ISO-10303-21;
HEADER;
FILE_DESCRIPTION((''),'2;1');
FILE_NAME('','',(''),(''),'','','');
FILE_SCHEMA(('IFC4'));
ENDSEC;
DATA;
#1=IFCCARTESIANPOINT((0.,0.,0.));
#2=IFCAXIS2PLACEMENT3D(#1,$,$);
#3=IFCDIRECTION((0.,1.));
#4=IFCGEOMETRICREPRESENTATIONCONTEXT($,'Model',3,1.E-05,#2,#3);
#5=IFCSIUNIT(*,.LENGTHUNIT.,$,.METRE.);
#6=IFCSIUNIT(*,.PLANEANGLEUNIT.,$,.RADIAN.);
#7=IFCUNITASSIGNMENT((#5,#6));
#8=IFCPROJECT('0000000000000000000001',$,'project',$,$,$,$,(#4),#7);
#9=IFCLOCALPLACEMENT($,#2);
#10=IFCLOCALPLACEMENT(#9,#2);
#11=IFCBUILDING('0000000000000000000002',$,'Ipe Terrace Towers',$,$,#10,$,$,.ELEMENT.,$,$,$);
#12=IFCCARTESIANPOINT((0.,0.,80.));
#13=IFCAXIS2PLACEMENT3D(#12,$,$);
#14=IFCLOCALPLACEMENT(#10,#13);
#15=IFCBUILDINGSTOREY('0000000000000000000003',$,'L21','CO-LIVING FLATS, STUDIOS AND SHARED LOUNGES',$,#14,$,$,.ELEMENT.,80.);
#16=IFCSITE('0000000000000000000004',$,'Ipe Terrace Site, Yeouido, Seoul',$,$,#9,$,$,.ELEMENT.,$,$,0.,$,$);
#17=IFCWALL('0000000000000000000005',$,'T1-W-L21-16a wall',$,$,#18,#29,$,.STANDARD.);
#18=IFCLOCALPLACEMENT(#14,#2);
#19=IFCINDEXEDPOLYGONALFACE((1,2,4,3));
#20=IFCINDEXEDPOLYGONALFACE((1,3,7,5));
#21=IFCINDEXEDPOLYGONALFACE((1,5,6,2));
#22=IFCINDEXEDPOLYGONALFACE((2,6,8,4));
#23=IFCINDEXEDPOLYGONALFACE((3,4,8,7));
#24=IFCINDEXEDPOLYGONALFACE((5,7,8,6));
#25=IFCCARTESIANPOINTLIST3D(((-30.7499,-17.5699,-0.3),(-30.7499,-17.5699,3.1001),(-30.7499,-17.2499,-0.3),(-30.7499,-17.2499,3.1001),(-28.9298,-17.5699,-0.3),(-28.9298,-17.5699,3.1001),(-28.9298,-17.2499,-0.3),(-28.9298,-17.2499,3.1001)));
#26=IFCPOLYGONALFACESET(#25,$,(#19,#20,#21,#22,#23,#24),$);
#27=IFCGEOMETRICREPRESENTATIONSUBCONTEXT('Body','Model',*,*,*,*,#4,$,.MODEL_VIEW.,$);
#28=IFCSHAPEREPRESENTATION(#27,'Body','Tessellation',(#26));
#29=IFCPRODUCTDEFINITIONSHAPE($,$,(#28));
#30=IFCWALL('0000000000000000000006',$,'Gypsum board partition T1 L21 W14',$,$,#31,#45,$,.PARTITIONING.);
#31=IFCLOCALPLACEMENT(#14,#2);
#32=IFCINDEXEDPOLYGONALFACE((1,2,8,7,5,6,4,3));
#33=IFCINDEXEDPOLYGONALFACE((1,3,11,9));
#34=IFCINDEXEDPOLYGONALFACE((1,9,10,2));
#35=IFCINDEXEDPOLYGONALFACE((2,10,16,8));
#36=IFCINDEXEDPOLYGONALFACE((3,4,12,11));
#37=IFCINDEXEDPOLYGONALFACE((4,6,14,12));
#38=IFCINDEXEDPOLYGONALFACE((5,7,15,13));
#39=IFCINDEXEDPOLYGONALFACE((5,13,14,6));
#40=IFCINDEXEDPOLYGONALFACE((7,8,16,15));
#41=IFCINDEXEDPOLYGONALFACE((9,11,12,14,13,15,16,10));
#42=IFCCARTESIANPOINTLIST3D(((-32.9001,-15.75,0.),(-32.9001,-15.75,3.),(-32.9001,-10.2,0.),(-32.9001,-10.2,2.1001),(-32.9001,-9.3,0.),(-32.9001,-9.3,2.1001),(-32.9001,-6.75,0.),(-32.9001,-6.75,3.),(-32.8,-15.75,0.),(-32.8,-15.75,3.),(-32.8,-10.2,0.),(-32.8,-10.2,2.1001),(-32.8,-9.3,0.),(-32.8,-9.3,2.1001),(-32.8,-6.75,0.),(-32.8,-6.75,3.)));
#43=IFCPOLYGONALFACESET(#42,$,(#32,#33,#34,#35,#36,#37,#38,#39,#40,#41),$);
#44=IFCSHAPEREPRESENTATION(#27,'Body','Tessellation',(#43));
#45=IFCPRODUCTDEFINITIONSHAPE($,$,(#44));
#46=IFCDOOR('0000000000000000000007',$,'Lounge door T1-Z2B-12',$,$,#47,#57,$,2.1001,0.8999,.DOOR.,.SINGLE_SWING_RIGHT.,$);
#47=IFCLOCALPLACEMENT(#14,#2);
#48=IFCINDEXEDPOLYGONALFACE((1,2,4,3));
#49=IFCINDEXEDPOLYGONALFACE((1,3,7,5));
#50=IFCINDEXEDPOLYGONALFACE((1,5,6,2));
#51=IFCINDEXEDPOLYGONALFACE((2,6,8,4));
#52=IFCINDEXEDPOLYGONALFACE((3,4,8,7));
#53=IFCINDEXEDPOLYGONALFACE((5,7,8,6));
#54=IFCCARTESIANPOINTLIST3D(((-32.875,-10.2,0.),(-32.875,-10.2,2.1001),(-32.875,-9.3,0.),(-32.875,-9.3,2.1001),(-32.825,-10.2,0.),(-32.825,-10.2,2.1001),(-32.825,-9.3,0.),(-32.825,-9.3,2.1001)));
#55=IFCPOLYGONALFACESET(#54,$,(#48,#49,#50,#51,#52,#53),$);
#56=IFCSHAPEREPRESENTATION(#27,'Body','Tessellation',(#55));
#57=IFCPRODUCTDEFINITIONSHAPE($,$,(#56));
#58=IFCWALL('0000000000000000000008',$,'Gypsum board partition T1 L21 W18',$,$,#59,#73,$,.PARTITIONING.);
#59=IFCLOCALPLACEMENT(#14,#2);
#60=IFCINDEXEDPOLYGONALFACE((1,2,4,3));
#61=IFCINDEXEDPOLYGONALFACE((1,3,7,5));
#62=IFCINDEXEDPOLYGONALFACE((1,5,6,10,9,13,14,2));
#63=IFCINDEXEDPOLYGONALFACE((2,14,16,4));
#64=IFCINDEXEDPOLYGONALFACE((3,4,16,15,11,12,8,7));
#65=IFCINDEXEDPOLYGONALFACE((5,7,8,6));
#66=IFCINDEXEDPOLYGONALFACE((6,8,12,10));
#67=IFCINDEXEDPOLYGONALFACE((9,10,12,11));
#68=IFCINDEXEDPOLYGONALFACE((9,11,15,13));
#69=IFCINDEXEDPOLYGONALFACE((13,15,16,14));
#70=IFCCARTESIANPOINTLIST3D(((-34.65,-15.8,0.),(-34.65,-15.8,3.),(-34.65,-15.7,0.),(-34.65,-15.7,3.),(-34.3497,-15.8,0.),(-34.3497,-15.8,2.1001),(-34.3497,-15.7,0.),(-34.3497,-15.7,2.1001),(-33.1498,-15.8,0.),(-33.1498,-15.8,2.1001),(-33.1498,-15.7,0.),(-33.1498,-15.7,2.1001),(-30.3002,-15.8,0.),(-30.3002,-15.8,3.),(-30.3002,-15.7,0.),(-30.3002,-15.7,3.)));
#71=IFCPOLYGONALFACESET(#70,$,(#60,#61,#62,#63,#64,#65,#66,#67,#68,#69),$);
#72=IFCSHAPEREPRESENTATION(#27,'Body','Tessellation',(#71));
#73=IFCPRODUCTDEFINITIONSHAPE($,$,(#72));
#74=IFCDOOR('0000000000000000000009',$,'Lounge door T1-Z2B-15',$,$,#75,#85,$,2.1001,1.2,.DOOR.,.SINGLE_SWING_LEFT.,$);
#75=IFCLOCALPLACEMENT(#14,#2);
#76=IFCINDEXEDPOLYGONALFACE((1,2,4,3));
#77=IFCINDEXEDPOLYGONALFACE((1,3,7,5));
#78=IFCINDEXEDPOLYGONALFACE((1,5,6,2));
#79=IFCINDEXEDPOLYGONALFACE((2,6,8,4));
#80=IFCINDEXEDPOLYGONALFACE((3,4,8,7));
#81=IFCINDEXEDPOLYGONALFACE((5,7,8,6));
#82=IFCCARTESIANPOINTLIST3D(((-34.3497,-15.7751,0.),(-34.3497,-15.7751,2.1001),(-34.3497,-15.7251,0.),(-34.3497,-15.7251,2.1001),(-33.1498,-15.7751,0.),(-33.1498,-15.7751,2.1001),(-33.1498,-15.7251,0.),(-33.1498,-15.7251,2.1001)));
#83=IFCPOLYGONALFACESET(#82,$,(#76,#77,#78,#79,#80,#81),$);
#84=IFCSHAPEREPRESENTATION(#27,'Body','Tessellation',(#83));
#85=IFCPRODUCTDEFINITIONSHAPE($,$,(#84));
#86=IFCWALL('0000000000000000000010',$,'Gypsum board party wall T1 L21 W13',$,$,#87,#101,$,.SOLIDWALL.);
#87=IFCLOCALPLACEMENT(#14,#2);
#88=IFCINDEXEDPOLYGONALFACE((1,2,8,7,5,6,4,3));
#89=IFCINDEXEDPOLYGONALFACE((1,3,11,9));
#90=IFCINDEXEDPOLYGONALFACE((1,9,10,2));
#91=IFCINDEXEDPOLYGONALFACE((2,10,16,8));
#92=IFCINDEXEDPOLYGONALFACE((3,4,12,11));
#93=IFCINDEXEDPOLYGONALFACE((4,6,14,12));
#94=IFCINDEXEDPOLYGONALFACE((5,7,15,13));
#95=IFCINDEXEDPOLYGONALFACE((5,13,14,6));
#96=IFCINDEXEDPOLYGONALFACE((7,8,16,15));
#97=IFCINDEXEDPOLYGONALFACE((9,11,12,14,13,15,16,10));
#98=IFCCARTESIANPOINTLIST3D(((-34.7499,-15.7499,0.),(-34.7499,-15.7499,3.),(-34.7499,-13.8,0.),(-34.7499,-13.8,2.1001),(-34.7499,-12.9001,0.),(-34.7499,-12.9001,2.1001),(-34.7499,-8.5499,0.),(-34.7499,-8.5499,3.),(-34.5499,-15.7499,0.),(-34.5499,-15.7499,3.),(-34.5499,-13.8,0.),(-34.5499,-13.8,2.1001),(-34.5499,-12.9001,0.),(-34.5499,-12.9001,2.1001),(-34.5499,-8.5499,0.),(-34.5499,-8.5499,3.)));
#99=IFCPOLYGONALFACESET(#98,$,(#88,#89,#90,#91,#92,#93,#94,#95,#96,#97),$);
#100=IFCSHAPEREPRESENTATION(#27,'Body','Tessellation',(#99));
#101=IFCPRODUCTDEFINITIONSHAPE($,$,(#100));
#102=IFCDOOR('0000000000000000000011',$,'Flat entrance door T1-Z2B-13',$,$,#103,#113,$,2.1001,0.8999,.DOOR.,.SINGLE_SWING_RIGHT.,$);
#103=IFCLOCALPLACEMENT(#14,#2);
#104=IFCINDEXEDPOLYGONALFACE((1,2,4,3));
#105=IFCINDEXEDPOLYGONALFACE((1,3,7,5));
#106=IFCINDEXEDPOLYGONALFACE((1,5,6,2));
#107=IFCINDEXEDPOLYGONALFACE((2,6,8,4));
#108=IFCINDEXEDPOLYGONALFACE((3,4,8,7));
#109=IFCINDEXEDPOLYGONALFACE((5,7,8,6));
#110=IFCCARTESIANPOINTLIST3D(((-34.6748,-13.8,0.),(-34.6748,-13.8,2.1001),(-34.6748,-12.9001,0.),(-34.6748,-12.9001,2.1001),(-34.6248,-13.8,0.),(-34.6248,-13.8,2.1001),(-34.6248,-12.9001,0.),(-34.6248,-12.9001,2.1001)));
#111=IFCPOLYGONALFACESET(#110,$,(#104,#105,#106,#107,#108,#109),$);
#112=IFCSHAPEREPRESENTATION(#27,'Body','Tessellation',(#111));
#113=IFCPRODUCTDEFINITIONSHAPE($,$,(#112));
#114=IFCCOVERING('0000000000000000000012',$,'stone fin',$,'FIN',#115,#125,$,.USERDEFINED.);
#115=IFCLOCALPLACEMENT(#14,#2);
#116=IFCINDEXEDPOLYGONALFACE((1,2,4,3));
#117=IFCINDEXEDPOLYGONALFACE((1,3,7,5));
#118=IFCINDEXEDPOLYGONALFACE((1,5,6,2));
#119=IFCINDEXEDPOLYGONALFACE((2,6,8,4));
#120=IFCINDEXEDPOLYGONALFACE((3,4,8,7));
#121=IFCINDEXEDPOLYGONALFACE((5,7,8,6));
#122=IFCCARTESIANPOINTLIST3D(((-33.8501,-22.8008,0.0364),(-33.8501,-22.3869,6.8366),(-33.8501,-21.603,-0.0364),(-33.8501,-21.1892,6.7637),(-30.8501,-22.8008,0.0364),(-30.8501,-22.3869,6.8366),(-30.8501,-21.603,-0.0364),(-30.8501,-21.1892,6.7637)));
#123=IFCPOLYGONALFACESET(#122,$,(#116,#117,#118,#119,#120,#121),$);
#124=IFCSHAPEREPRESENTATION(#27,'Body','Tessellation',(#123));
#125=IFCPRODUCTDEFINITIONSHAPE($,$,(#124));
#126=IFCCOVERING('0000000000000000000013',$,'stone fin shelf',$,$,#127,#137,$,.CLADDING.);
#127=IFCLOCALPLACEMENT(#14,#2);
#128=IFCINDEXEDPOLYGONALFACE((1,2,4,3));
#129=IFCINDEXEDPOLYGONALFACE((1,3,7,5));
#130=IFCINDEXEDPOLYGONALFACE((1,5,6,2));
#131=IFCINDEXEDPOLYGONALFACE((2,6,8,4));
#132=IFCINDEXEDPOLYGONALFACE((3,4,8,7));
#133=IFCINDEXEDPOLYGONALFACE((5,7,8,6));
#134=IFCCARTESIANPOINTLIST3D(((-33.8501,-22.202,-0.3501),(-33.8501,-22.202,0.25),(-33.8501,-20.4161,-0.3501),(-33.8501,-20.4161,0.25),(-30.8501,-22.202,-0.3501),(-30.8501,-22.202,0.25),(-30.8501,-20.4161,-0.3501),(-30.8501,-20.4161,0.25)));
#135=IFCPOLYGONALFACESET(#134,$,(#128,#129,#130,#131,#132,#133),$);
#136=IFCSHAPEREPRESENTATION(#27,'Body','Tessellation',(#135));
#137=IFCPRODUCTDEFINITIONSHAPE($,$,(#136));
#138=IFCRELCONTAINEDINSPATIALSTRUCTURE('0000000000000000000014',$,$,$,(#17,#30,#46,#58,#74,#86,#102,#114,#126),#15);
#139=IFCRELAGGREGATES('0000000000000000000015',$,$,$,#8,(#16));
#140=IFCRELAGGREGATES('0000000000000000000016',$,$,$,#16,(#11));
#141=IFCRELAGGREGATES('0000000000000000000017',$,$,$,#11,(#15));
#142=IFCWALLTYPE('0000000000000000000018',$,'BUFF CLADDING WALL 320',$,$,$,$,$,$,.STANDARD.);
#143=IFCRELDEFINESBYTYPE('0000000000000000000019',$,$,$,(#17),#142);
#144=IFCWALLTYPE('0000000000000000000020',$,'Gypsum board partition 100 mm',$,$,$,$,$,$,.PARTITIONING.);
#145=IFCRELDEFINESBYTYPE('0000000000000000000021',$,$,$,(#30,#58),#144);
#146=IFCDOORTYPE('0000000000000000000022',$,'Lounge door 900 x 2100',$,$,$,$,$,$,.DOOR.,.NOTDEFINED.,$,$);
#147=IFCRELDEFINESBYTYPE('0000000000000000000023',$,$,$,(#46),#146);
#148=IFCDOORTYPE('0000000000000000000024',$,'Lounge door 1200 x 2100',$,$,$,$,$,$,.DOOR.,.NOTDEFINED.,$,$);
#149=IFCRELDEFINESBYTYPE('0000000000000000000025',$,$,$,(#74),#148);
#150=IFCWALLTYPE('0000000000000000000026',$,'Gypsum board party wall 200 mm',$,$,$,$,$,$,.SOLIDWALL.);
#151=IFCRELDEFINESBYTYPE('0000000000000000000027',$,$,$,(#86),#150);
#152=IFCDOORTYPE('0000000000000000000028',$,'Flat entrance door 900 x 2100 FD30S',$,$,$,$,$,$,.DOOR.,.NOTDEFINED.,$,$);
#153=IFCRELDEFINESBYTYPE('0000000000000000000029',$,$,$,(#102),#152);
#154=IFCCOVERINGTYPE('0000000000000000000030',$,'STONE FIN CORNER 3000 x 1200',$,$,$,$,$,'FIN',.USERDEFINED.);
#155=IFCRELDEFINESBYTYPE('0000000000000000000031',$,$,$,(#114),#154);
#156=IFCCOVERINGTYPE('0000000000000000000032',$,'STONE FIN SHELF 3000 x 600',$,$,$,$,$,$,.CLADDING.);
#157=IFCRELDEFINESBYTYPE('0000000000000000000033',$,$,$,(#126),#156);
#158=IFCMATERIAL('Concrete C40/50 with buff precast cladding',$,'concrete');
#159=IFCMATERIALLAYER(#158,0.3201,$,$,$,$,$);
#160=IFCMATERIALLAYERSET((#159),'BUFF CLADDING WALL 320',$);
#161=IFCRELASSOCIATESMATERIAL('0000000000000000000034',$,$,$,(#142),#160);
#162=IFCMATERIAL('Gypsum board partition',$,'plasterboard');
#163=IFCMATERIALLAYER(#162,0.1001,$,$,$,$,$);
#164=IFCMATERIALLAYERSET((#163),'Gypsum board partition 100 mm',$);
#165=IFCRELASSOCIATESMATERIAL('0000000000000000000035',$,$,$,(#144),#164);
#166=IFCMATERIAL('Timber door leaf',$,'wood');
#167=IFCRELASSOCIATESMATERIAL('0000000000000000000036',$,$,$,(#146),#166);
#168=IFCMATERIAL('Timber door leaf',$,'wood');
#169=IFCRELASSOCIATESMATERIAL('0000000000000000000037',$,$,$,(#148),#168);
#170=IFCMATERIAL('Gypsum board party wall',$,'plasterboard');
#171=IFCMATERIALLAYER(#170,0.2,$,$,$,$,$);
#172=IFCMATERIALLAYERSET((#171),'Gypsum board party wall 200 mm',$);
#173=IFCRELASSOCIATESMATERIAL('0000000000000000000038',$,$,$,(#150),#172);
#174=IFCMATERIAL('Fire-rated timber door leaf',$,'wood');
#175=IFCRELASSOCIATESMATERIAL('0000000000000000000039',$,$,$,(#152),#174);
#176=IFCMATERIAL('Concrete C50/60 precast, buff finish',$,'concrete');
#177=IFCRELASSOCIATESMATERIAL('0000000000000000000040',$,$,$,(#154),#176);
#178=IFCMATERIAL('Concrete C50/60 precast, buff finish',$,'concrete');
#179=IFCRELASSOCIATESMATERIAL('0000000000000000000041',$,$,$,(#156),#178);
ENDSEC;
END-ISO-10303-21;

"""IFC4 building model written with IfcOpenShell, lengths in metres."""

from ifc_helpers import new_model, si_unit, direction, frame, frame_2d, origin, origin_2d, place, context, subcontext, project, spatial, rectangle, extrude, material, layer, layer_set, material_profile, profile_set, type_object, element, fill, save


model = new_model("IFC4")

# Units and contexts
model_context = context("Model", 3, precision=1e-05, world=origin(), true_north=direction((0.0, 1.0)))
body_context = subcontext(model_context, "Body", "Model", "MODEL_VIEW")
ifc_project = project(units=[si_unit("LENGTHUNIT", "METRE"), si_unit("PLANEANGLEUNIT", "RADIAN")], contexts=[model_context])

# Site, building, storey
site_placement = place(None, origin())
site = spatial("IfcSite", under=ifc_project, at=site_placement, Name="Ipe Terrace Site, Yeouido, Seoul", CompositionType="ELEMENT", RefElevation=0.0)
building_placement = place(site_placement, origin())
building = spatial("IfcBuilding", under=site, at=building_placement, Name="Ipe Terrace Towers", CompositionType="ELEMENT")
storey_placement = place(building_placement, frame((0.0, 0.0, 80.0)))
storey = spatial("IfcBuildingStorey", under=building, at=storey_placement, Name="L21", Description="CO-LIVING FLATS, STUDIOS AND SHARED LOUNGES", CompositionType="ELEMENT", Elevation=80.0)

# Wall
ifc_material_1 = material(Name="Concrete C40/50 with buff precast cladding", Category="concrete")
ifc_layer_1 = layer(ifc_material_1, 0.3201)
ifc_layer_set_1 = layer_set([ifc_layer_1], Name="BUFF CLADDING WALL 320")
wall_type_1 = type_object("IfcWallType", Name="BUFF CLADDING WALL 320", PredefinedType="STANDARD", material=ifc_layer_set_1)
wall_1_placement = place(storey_placement, frame((-30.75, -17.4099, -0.3), z_axis=(0.0, 0.0, 1.0), x_axis=(1.0, 0.0, 0.0)))
element("IfcWall", 1, at=wall_1_placement, inside=storey, type_object=wall_type_1, Name="T1-W-L21-16a wall", PredefinedType="STANDARD", context=body_context, shape_type="SweptSolid", body=[
    extrude(rectangle(XDim=1.8201, YDim=0.3201, at=frame_2d((0.9102, 0.0))), origin(), (0.0, 0.0, 1.0), 3.4001),
])

# Walls, openings, doors
ifc_material_2 = material(Name="Gypsum board partition", Category="plasterboard")
ifc_layer_2 = layer(ifc_material_2, 0.1001)
ifc_layer_set_2 = layer_set([ifc_layer_2], Name="Gypsum board partition 100 mm")
wall_type_2 = type_object("IfcWallType", Name="Gypsum board partition 100 mm", PredefinedType="PARTITIONING", material=ifc_layer_set_2)
wall_2_placement = place(storey_placement, frame((-32.8501, -15.75, 0.0), z_axis=(0.0, 0.0, 1.0), x_axis=(0.0, 1.0, 0.0)))
wall_2 = element("IfcWall", 2, at=wall_2_placement, inside=storey, type_object=wall_type_2, Name="Gypsum board partition T1 L21 W14", PredefinedType="PARTITIONING", context=body_context, shape_type="SweptSolid", body=[
    extrude(rectangle(XDim=9.0, YDim=0.1001, at=frame_2d((4.5, 0.0))), origin(), (0.0, 0.0, 1.0), 3.0),
])
opening_1_placement = place(wall_2_placement, frame((5.55, 0.0, 0.0)))
opening_1 = element("IfcOpeningElement", 3, at=opening_1_placement, cuts=wall_2, PredefinedType="OPENING", context=body_context, shape_type="SweptSolid", body=[
    extrude(rectangle(XDim=0.8999, YDim=2.1001, at=frame_2d((0.45, 1.05))), frame((0.0, 0.0601, 0.0), z_axis=(0.0, -1.0, 0.0), x_axis=(1.0, 0.0, 0.0)), (0.0, 0.0, 1.0), 0.1201),
])
ifc_material_3 = material(Name="Timber door leaf", Category="wood")
door_type_1 = type_object("IfcDoorType", Name="Lounge door 900 x 2100", OperationType="NOTDEFINED", PredefinedType="DOOR", material=ifc_material_3)
door_1_placement = place(opening_1_placement, origin())
door_1 = element("IfcDoor", 4, at=door_1_placement, inside=storey, type_object=door_type_1, Name="Lounge door T1-Z2B-12", OperationType="SINGLE_SWING_RIGHT", OverallHeight=2.1001, OverallWidth=0.8999, PredefinedType="DOOR", context=body_context, shape_type="SweptSolid", body=[
    extrude(rectangle(XDim=0.8999, YDim=2.1001, at=frame_2d((0.45, 1.05))), frame((0.0, 0.0249, 0.0), z_axis=(0.0, -1.0, 0.0), x_axis=(1.0, 0.0, 0.0)), (0.0, 0.0, 1.0), 0.05),
])
fill(opening_1, door_1)
wall_3_placement = place(storey_placement, frame((-34.6499, -15.75, 0.0), z_axis=(0.0, 0.0, 1.0), x_axis=(1.0, 0.0, 0.0)))
wall_3 = element("IfcWall", 5, at=wall_3_placement, inside=storey, type_object=wall_type_2, Name="Gypsum board partition T1 L21 W18", PredefinedType="PARTITIONING", context=body_context, shape_type="SweptSolid", body=[
    extrude(rectangle(XDim=4.3499, YDim=0.1001, at=frame_2d((2.1748, 0.0))), origin(), (0.0, 0.0, 1.0), 3.0),
])
opening_2_placement = place(wall_3_placement, frame((0.3, 0.0, 0.0)))
opening_2 = element("IfcOpeningElement", 6, at=opening_2_placement, cuts=wall_3, PredefinedType="OPENING", context=body_context, shape_type="SweptSolid", body=[
    extrude(rectangle(XDim=1.2, YDim=2.1001, at=frame_2d((0.6001, 1.05))), frame((0.0, 0.0601, 0.0), z_axis=(0.0, -1.0, 0.0), x_axis=(1.0, 0.0, 0.0)), (0.0, 0.0, 1.0), 0.1201),
])
ifc_material_4 = material(Name="Timber door leaf", Category="wood")
door_type_2 = type_object("IfcDoorType", Name="Lounge door 1200 x 2100", OperationType="NOTDEFINED", PredefinedType="DOOR", material=ifc_material_4)
door_2_placement = place(opening_2_placement, origin())
door_2 = element("IfcDoor", 7, at=door_2_placement, inside=storey, type_object=door_type_2, Name="Lounge door T1-Z2B-15", OperationType="SINGLE_SWING_LEFT", OverallHeight=2.1001, OverallWidth=1.2, PredefinedType="DOOR", context=body_context, shape_type="SweptSolid", body=[
    extrude(rectangle(XDim=1.2, YDim=2.1001, at=frame_2d((0.6001, 1.05))), frame((0.0, 0.0249, 0.0), z_axis=(0.0, -1.0, 0.0), x_axis=(1.0, 0.0, 0.0)), (0.0, 0.0, 1.0), 0.05),
])
fill(opening_2, door_2)
ifc_material_5 = material(Name="Gypsum board party wall", Category="plasterboard")
ifc_layer_3 = layer(ifc_material_5, 0.2)
ifc_layer_set_3 = layer_set([ifc_layer_3], Name="Gypsum board party wall 200 mm")
wall_type_3 = type_object("IfcWallType", Name="Gypsum board party wall 200 mm", PredefinedType="SOLIDWALL", material=ifc_layer_set_3)
wall_4_placement = place(storey_placement, frame((-34.6499, -15.75, 0.0), z_axis=(0.0, 0.0, 1.0), x_axis=(0.0, 1.0, 0.0)))
wall_4 = element("IfcWall", 8, at=wall_4_placement, inside=storey, type_object=wall_type_3, Name="Gypsum board party wall T1 L21 W13", PredefinedType="SOLIDWALL", context=body_context, shape_type="SweptSolid", body=[
    extrude(rectangle(XDim=7.2, YDim=0.2, at=frame_2d((3.6001, 0.0))), origin(), (0.0, 0.0, 1.0), 3.0),
])
opening_3_placement = place(wall_4_placement, frame((1.95, 0.0, 0.0)))
opening_3 = element("IfcOpeningElement", 9, at=opening_3_placement, cuts=wall_4, PredefinedType="OPENING", context=body_context, shape_type="SweptSolid", body=[
    extrude(rectangle(XDim=0.8999, YDim=2.1001, at=frame_2d((0.45, 1.05))), frame((0.0, 0.1099, 0.0), z_axis=(0.0, -1.0, 0.0), x_axis=(1.0, 0.0, 0.0)), (0.0, 0.0, 1.0), 0.22),
])
ifc_material_6 = material(Name="Fire-rated timber door leaf", Category="wood")
door_type_3 = type_object("IfcDoorType", Name="Flat entrance door 900 x 2100 FD30S", OperationType="NOTDEFINED", PredefinedType="DOOR", material=ifc_material_6)
door_3_placement = place(opening_3_placement, origin())
door_3 = element("IfcDoor", 10, at=door_3_placement, inside=storey, type_object=door_type_3, Name="Flat entrance door T1-Z2B-13", OperationType="SINGLE_SWING_RIGHT", OverallHeight=2.1001, OverallWidth=0.8999, PredefinedType="DOOR", context=body_context, shape_type="SweptSolid", body=[
    extrude(rectangle(XDim=0.8999, YDim=2.1001, at=frame_2d((0.45, 1.05))), frame((0.0, 0.0249, 0.0), z_axis=(0.0, -1.0, 0.0), x_axis=(1.0, 0.0, 0.0)), (0.0, 0.0, 1.0), 0.05),
])
fill(opening_3, door_3)

# Coverings
ifc_material_7 = material(Name="Concrete C50/60 precast, buff finish", Category="concrete")
ifc_material_profile_1 = material_profile(ifc_material_7, rectangle(XDim=3.0, YDim=1.2, at=origin_2d()), Name="STONE FIN CORNER 3000 x 1200")
ifc_profile_set_1 = profile_set([ifc_material_profile_1], Name="Concrete C50/60 precast, buff finish")
covering_type_1 = type_object("IfcCoveringType", Name="STONE FIN CORNER 3000 x 1200", ElementType="FIN", PredefinedType="USERDEFINED", material=ifc_profile_set_1)
covering_1_placement = place(storey_placement, frame((-32.3501, -22.2019, 0.0), z_axis=(0.0, 0.060743, 0.998153), x_axis=(1.0, 0.0, 0.0)))
element("IfcCovering", 11, at=covering_1_placement, inside=storey, type_object=covering_type_1, Name="stone fin", ObjectType="FIN", PredefinedType="USERDEFINED", context=body_context, shape_type="SweptSolid", body=[
    extrude(rectangle(XDim=3.0, YDim=1.2, at=origin_2d()), origin(), (0.0, 0.0, 1.0), 6.8127),
])
ifc_material_8 = material(Name="Concrete C50/60 precast, buff finish", Category="concrete")
covering_type_2 = type_object("IfcCoveringType", Name="STONE FIN SHELF 3000 x 600", PredefinedType="CLADDING", material=ifc_material_8)
covering_2_placement = place(storey_placement, frame((-32.3501, -21.3091, -0.3501), z_axis=(0.0, 0.0, 1.0), x_axis=(1.0, 0.0, 0.0)))
element("IfcCovering", 12, at=covering_2_placement, inside=storey, type_object=covering_type_2, Name="stone fin shelf", PredefinedType="CLADDING", context=body_context, shape_type="SweptSolid", body=[
    extrude(rectangle(XDim=3.0, YDim=1.7859, at=origin_2d()), origin(), (0.0, 0.0, 1.0), 0.6001),
])

save(model, "model.ifc")
